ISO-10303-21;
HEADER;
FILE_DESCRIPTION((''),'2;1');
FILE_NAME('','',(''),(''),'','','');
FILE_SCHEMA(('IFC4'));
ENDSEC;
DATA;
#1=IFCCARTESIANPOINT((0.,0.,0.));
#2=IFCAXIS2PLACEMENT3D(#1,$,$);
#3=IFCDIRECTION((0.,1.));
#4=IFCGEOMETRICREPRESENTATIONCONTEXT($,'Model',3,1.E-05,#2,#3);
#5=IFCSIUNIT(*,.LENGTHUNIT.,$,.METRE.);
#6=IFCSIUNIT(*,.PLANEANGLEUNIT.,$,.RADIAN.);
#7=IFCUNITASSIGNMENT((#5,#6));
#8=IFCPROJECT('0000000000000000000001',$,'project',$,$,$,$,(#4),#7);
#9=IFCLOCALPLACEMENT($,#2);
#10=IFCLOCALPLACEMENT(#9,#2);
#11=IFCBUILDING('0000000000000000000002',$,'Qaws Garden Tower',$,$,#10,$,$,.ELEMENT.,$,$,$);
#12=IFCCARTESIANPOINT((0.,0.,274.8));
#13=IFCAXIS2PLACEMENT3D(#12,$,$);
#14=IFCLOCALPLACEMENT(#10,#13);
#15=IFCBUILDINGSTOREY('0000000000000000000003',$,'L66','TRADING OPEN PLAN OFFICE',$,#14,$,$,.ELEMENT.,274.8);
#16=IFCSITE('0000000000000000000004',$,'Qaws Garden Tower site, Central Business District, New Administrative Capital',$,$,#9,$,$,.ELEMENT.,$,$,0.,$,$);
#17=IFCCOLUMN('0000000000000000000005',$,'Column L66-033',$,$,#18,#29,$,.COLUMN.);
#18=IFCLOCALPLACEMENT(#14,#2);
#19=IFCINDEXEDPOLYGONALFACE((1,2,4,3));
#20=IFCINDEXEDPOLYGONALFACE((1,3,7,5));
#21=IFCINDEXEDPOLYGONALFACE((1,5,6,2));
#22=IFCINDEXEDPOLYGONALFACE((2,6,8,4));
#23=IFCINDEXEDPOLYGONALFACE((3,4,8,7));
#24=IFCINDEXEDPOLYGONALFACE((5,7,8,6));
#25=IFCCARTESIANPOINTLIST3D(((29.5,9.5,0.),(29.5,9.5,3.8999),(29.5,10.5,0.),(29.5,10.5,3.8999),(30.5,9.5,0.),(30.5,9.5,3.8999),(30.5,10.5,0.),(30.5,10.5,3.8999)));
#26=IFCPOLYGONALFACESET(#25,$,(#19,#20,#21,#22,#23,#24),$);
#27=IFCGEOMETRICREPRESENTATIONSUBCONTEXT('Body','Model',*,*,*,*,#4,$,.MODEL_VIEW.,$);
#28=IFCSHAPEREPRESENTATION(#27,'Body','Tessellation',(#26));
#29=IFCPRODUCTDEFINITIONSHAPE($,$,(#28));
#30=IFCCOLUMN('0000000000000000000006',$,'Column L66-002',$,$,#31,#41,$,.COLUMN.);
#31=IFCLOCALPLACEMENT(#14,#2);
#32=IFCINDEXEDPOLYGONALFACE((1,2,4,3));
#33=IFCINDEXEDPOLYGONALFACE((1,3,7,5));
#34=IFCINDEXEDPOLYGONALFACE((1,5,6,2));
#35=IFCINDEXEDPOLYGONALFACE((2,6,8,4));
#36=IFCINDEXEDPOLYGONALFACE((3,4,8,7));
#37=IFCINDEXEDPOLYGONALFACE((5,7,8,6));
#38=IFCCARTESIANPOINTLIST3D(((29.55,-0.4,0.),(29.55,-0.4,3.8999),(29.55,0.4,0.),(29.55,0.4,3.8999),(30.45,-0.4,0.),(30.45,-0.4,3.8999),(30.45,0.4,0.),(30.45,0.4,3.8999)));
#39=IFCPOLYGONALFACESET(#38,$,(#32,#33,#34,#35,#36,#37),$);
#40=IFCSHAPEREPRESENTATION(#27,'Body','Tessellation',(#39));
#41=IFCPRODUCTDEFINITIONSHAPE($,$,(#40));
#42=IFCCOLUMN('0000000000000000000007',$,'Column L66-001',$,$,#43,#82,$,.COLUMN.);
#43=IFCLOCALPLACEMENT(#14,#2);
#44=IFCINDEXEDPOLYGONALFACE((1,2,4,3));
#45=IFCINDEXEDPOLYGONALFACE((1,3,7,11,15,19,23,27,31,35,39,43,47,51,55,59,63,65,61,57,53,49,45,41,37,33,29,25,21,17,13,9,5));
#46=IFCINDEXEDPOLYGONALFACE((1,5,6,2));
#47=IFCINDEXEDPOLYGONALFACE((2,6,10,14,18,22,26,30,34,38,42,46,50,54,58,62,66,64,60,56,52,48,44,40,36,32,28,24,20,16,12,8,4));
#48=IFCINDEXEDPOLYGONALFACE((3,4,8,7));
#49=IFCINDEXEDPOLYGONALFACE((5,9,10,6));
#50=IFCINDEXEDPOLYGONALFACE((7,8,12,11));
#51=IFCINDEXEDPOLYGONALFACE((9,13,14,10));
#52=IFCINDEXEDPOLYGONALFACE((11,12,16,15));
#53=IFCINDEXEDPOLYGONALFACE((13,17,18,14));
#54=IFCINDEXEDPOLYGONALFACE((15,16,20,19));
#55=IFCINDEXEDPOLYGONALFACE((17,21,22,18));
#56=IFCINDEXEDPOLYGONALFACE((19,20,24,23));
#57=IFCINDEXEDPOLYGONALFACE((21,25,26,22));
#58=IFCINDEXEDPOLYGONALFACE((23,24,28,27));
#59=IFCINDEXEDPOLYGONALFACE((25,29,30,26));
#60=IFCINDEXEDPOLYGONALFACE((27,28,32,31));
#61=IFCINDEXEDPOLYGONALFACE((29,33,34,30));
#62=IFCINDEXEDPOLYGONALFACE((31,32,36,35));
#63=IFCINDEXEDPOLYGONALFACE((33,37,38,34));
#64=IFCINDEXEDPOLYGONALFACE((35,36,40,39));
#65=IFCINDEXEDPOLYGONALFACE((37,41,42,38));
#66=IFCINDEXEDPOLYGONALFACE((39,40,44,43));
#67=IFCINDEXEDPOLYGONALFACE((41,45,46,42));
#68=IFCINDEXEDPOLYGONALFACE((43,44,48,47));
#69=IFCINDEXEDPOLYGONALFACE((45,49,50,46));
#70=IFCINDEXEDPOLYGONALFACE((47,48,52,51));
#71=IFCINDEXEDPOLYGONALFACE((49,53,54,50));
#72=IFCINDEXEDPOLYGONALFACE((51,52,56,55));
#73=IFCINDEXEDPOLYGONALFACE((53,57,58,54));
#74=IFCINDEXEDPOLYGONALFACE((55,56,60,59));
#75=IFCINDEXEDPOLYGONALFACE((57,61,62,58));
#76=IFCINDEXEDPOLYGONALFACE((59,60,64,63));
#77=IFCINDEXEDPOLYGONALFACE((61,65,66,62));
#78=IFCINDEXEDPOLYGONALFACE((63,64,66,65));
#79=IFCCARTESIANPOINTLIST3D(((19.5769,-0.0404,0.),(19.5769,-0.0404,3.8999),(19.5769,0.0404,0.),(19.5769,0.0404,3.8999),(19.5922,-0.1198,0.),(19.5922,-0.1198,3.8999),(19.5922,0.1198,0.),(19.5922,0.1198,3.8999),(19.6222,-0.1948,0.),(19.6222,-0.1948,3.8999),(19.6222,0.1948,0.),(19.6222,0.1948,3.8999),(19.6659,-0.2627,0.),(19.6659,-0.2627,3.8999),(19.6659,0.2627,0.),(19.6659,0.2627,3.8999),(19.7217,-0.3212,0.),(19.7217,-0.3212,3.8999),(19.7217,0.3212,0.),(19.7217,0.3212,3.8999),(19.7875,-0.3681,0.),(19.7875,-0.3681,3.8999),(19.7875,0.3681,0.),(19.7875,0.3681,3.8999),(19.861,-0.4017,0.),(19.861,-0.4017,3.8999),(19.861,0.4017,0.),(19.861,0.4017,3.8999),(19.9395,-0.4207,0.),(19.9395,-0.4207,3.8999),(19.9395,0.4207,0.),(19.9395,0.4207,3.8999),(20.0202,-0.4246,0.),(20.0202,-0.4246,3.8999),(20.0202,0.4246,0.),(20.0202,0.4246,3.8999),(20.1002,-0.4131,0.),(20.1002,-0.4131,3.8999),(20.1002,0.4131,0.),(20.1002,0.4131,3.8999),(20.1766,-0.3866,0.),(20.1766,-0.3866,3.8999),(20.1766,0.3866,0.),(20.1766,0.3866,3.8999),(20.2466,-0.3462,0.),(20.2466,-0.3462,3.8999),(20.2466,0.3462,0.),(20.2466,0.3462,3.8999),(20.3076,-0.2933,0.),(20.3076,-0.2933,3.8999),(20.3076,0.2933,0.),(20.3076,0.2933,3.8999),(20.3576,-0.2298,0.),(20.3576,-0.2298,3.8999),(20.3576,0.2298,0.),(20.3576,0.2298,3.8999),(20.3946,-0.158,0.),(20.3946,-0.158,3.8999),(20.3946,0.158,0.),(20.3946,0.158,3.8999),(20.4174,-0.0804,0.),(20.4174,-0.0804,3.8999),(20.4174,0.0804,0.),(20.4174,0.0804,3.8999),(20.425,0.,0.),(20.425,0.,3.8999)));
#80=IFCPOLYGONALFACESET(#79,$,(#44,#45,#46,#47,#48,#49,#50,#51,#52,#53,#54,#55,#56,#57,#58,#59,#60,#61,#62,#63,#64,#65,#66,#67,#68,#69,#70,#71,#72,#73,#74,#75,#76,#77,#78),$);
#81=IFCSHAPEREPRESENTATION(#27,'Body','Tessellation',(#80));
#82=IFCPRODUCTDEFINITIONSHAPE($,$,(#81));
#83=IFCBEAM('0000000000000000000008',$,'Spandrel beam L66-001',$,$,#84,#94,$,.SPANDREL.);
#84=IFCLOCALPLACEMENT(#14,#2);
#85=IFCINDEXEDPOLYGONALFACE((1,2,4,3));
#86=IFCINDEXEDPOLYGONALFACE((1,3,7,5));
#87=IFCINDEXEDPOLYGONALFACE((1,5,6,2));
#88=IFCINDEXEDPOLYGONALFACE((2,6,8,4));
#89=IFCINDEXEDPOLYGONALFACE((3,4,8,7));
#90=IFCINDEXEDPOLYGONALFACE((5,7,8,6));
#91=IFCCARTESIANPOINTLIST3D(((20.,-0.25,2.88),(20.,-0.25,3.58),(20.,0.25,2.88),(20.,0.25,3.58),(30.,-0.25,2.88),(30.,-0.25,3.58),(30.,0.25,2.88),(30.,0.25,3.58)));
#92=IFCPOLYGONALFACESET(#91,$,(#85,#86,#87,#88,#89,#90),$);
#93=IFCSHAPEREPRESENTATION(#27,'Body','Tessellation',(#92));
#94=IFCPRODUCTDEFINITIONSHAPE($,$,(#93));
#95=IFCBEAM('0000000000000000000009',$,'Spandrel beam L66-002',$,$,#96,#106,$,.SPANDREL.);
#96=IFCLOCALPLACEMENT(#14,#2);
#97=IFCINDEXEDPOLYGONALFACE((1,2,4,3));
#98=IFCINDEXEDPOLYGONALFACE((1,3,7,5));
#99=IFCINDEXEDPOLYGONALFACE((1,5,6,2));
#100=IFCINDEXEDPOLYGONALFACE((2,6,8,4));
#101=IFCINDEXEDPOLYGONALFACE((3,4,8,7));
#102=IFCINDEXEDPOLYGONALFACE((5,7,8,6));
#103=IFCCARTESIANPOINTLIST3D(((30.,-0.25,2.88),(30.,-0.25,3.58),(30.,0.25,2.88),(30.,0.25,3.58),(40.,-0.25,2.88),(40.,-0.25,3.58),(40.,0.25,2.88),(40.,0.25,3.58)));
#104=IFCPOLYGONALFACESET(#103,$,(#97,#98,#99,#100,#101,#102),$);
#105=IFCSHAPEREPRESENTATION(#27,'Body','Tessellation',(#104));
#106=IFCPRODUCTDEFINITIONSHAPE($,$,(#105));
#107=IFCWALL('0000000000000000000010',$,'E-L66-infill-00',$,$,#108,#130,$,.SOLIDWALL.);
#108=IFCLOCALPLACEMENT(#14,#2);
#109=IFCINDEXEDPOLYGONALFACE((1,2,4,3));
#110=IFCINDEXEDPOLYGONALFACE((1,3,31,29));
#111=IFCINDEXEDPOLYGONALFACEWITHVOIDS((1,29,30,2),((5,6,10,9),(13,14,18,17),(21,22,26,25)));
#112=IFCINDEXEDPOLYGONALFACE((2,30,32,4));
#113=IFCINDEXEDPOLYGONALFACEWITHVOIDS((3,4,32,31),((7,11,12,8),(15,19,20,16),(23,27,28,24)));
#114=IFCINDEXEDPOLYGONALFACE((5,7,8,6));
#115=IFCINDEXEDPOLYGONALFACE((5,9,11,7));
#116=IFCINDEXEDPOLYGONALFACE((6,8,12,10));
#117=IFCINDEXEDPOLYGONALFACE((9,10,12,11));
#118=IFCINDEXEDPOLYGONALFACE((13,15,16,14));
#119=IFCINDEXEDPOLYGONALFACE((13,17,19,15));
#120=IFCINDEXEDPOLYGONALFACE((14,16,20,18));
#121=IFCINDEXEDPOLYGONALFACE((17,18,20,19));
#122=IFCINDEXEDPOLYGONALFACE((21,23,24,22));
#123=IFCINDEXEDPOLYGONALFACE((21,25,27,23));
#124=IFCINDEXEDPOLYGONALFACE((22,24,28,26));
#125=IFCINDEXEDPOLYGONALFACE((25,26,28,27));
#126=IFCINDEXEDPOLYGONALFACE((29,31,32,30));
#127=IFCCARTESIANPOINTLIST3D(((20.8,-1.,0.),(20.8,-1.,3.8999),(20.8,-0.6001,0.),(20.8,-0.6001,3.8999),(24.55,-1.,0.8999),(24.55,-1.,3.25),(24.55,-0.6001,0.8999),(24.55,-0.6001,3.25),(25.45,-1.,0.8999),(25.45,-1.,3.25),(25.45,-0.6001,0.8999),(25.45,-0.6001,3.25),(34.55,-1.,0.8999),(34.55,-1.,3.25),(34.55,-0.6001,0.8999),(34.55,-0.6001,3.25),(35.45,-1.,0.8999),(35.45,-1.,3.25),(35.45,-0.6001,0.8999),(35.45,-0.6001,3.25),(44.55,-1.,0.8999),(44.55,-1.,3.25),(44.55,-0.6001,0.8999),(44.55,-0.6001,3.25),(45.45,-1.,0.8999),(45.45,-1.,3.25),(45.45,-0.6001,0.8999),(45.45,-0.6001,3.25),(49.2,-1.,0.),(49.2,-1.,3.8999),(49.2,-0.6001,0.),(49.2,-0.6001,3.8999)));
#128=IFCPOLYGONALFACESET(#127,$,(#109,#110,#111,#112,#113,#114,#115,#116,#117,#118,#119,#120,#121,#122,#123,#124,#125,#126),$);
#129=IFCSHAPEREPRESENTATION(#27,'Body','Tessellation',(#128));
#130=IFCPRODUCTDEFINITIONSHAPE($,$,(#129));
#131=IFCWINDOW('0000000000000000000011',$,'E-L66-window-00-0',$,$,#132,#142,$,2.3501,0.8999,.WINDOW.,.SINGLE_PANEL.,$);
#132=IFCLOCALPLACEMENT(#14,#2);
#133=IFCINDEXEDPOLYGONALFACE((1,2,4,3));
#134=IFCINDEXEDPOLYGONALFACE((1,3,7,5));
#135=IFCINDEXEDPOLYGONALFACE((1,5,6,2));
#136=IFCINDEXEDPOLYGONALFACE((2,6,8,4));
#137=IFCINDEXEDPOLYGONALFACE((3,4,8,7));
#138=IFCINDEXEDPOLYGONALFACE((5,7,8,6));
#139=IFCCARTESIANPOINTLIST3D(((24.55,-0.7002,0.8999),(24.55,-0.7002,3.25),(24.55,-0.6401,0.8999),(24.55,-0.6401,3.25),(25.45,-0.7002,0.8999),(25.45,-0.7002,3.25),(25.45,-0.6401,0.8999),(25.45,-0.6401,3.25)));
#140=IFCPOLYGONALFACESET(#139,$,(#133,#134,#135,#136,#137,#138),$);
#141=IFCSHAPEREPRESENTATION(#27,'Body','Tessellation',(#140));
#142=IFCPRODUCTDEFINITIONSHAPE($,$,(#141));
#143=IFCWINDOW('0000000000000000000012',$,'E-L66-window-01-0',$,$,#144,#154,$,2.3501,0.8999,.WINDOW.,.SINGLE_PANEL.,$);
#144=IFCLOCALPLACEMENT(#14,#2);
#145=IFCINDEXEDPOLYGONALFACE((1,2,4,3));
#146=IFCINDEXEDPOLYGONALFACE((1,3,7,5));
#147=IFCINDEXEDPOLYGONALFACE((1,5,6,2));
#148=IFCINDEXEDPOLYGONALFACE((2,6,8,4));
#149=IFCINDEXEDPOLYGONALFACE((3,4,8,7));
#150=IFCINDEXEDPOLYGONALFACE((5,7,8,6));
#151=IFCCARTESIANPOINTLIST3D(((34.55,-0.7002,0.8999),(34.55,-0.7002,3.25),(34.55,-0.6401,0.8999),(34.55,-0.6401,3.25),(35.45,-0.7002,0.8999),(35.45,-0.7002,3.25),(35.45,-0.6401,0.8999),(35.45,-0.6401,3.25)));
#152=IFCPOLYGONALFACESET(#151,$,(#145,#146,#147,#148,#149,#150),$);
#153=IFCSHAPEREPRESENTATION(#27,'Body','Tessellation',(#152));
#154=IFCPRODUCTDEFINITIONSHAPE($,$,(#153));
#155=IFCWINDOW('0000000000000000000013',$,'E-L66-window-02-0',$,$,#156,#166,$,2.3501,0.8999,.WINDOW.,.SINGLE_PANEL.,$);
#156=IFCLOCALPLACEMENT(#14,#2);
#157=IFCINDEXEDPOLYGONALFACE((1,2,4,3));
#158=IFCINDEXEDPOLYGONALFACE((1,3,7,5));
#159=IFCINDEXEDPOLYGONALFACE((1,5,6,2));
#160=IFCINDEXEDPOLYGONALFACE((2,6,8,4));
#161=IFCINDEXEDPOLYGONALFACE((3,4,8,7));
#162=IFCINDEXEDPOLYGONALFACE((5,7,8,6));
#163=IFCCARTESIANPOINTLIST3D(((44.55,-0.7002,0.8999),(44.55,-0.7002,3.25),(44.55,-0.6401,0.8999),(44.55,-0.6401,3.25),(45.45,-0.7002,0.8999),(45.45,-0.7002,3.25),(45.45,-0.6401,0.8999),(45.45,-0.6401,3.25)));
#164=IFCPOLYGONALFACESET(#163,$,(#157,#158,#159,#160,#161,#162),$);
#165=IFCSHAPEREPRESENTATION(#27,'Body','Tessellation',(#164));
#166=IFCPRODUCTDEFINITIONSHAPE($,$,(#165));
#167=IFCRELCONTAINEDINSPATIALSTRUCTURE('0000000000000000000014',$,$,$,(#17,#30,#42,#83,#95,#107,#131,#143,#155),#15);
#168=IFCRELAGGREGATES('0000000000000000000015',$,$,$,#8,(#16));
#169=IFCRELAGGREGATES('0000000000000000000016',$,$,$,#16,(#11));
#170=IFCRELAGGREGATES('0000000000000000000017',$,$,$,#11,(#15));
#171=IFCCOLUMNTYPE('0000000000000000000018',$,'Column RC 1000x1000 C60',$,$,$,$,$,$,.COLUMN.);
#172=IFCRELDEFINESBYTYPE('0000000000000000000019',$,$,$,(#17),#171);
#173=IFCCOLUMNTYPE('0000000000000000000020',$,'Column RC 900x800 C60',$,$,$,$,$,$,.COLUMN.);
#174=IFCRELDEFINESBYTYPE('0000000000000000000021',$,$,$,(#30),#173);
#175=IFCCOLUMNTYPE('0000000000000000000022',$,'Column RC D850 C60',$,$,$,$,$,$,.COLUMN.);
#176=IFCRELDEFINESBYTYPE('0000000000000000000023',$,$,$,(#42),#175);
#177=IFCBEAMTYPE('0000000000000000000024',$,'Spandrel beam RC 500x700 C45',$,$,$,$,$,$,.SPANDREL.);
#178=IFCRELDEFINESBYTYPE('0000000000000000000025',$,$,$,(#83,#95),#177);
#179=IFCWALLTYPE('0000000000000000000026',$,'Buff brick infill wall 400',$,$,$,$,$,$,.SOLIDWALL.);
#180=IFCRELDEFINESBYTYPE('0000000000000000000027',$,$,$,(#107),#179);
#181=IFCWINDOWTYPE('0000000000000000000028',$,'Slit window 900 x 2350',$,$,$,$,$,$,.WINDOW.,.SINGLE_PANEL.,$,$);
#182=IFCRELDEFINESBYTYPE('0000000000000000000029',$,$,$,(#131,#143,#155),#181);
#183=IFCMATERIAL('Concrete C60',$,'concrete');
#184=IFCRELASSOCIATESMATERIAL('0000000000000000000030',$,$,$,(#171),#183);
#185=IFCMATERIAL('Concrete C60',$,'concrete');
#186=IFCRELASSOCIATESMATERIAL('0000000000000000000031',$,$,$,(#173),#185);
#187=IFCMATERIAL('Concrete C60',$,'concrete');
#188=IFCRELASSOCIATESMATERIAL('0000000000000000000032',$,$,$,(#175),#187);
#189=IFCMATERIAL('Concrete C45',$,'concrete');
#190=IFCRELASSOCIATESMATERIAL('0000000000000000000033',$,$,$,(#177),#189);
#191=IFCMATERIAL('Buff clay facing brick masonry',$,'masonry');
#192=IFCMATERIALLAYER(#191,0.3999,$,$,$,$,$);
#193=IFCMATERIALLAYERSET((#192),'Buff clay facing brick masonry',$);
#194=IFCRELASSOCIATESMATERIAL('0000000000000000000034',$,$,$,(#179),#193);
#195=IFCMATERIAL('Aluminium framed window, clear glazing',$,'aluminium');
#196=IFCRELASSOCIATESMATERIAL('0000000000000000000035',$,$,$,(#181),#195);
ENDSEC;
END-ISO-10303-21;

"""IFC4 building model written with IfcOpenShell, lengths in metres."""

from ifc_helpers import new_model, si_unit, direction, frame, frame_2d, origin, origin_2d, place, context, subcontext, project, spatial, rectangle, circle, extrude, material, layer, layer_set, material_profile, profile_set, type_object, element, fill, save


model = new_model("IFC4")

# Units and contexts
model_context = context("Model", 3, precision=1e-05, world=origin(), true_north=direction((0.0, 1.0)))
body_context = subcontext(model_context, "Body", "Model", "MODEL_VIEW")
ifc_project = project(units=[si_unit("LENGTHUNIT", "METRE"), si_unit("PLANEANGLEUNIT", "RADIAN")], contexts=[model_context])

# Site, building, storey
site_placement = place(None, origin())
site = spatial("IfcSite", under=ifc_project, at=site_placement, Name="Qaws Garden Tower site, Central Business District, New Administrative Capital", CompositionType="ELEMENT", RefElevation=0.0)
building_placement = place(site_placement, origin())
building = spatial("IfcBuilding", under=site, at=building_placement, Name="Qaws Garden Tower", CompositionType="ELEMENT")
storey_placement = place(building_placement, frame((0.0, 0.0, 274.8)))
storey = spatial("IfcBuildingStorey", under=building, at=storey_placement, Name="L66", Description="TRADING OPEN PLAN OFFICE", CompositionType="ELEMENT", Elevation=274.8)

# Columns
ifc_material_1 = material(Name="Concrete C60", Category="concrete")
ifc_material_profile_1 = material_profile(ifc_material_1, rectangle(XDim=1.0, YDim=1.0, at=origin_2d()), Name="RC 1000x1000")
ifc_profile_set_1 = profile_set([ifc_material_profile_1], Name="Concrete C60")
column_type_1 = type_object("IfcColumnType", Name="Column RC 1000x1000 C60", PredefinedType="COLUMN", material=ifc_profile_set_1)
column_1_placement = place(storey_placement, frame((30.0, 10.0, 0.0), z_axis=(0.0, 0.0, 1.0), x_axis=(1.0, 0.0, 0.0)))
element("IfcColumn", 1, at=column_1_placement, inside=storey, type_object=column_type_1, Name="Column L66-033", PredefinedType="COLUMN", context=body_context, shape_type="SweptSolid", body=[
    extrude(rectangle(XDim=1.0, YDim=1.0, at=origin_2d()), origin(), (0.0, 0.0, 1.0), 3.8999),
])
ifc_material_2 = material(Name="Concrete C60", Category="concrete")
ifc_material_profile_2 = material_profile(ifc_material_2, rectangle(XDim=0.8999, YDim=0.8, at=origin_2d()), Name="RC 900x800")
ifc_profile_set_2 = profile_set([ifc_material_profile_2], Name="Concrete C60")
column_type_2 = type_object("IfcColumnType", Name="Column RC 900x800 C60", PredefinedType="COLUMN", material=ifc_profile_set_2)
column_2_placement = place(storey_placement, frame((30.0, 0.0, 0.0), z_axis=(0.0, 0.0, 1.0), x_axis=(1.0, 0.0, 0.0)))
element("IfcColumn", 2, at=column_2_placement, inside=storey, type_object=column_type_2, Name="Column L66-002", PredefinedType="COLUMN", context=body_context, shape_type="SweptSolid", body=[
    extrude(rectangle(XDim=0.8999, YDim=0.8, at=origin_2d()), origin(), (0.0, 0.0, 1.0), 3.8999),
])
ifc_material_3 = material(Name="Concrete C60", Category="concrete")
ifc_material_profile_3 = material_profile(ifc_material_3, circle(Radius=0.425, at=origin_2d()), Name="RC D850")
ifc_profile_set_3 = profile_set([ifc_material_profile_3], Name="Concrete C60")
column_type_3 = type_object("IfcColumnType", Name="Column RC D850 C60", PredefinedType="COLUMN", material=ifc_profile_set_3)
column_3_placement = place(storey_placement, frame((20.0, 0.0, 0.0), z_axis=(0.0, 0.0, 1.0), x_axis=(1.0, 0.0, 0.0)))
element("IfcColumn", 3, at=column_3_placement, inside=storey, type_object=column_type_3, Name="Column L66-001", PredefinedType="COLUMN", context=body_context, shape_type="SweptSolid", body=[
    extrude(circle(Radius=0.425, at=origin_2d()), origin(), (0.0, 0.0, 1.0), 3.8999),
])

# Beams
ifc_material_4 = material(Name="Concrete C45", Category="concrete")
ifc_material_profile_4 = material_profile(ifc_material_4, rectangle(XDim=0.5, YDim=0.7, at=origin_2d()), Name="RC 500x700")
ifc_profile_set_4 = profile_set([ifc_material_profile_4], Name="Concrete C45")
beam_type = type_object("IfcBeamType", Name="Spandrel beam RC 500x700 C45", PredefinedType="SPANDREL", material=ifc_profile_set_4)
for number, where, z_axis, x_axis, name in (
    (4, (20.0, 0.0, 3.23), (1.0, 0.0, 0.0), (0.0, 1.0, 0.0), "Spandrel beam L66-001"),
    (5, (30.0, 0.0, 3.23), (1.0, 0.0, 0.0), (0.0, 1.0, 0.0), "Spandrel beam L66-002"),
):
    element("IfcBeam", number, at=place(storey_placement, frame(where, z_axis=z_axis, x_axis=x_axis)), inside=storey, type_object=beam_type, Name=name, PredefinedType="SPANDREL", context=body_context, shape_type="SweptSolid", body=[
        extrude(rectangle(XDim=0.5, YDim=0.7, at=origin_2d()), origin(), (0.0, 0.0, 1.0), 10.0),
    ])

# Wall, openings, windows
ifc_material_5 = material(Name="Buff clay facing brick masonry", Category="masonry")
ifc_layer_1 = layer(ifc_material_5, 0.3999)
ifc_layer_set_1 = layer_set([ifc_layer_1], Name="Buff clay facing brick masonry")
wall_type_1 = type_object("IfcWallType", Name="Buff brick infill wall 400", PredefinedType="SOLIDWALL", material=ifc_layer_set_1)
wall_1_placement = place(storey_placement, frame((20.8, -0.8, 0.0), z_axis=(0.0, 0.0, 1.0), x_axis=(1.0, 0.0, 0.0)))
wall_1 = element("IfcWall", 6, at=wall_1_placement, inside=storey, type_object=wall_type_1, Name="E-L66-infill-00", PredefinedType="SOLIDWALL", context=body_context, shape_type="SweptSolid", body=[
    extrude(rectangle(XDim=28.3999, YDim=0.3999, at=frame_2d((14.2, 0.0))), origin(), (0.0, 0.0, 1.0), 3.8999),
])
opening_1_placement = place(wall_1_placement, frame((3.75, 0.0, 0.8999)))
opening_1 = element("IfcOpeningElement", 7, at=opening_1_placement, cuts=wall_1, PredefinedType="OPENING", context=body_context, shape_type="SweptSolid", body=[
    extrude(rectangle(XDim=0.8999, YDim=2.3501, at=frame_2d((0.45, 1.175))), frame((0.0, 0.21, 0.0), z_axis=(0.0, -1.0, 0.0), x_axis=(1.0, 0.0, 0.0)), (0.0, 0.0, 1.0), 0.4199),
])
opening_2_placement = place(wall_1_placement, frame((13.75, 0.0, 0.8999)))
opening_2 = element("IfcOpeningElement", 8, at=opening_2_placement, cuts=wall_1, PredefinedType="OPENING", context=body_context, shape_type="SweptSolid", body=[
    extrude(rectangle(XDim=0.8999, YDim=2.3501, at=frame_2d((0.45, 1.175))), frame((0.0, 0.21, 0.0), z_axis=(0.0, -1.0, 0.0), x_axis=(1.0, 0.0, 0.0)), (0.0, 0.0, 1.0), 0.4199),
])
opening_3_placement = place(wall_1_placement, frame((23.75, 0.0, 0.8999)))
opening_3 = element("IfcOpeningElement", 9, at=opening_3_placement, cuts=wall_1, PredefinedType="OPENING", context=body_context, shape_type="SweptSolid", body=[
    extrude(rectangle(XDim=0.8999, YDim=2.3501, at=frame_2d((0.45, 1.175))), frame((0.0, 0.21, 0.0), z_axis=(0.0, -1.0, 0.0), x_axis=(1.0, 0.0, 0.0)), (0.0, 0.0, 1.0), 0.4199),
])
ifc_material_6 = material(Name="Aluminium framed window, clear glazing", Category="aluminium")
window_type = type_object("IfcWindowType", Name="Slit window 900 x 2350", PartitioningType="SINGLE_PANEL", PredefinedType="WINDOW", material=ifc_material_6)
window_1_placement = place(opening_1_placement, origin())
window_1 = element("IfcWindow", 10, at=window_1_placement, inside=storey, type_object=window_type, Name="E-L66-window-00-0", OverallHeight=2.3501, OverallWidth=0.8999, PartitioningType="SINGLE_PANEL", PredefinedType="WINDOW", context=body_context, shape_type="SweptSolid", body=[
    extrude(rectangle(XDim=0.8999, YDim=2.3501, at=frame_2d((0.45, 1.175))), frame((0.0, 0.1599, 0.0), z_axis=(0.0, -1.0, 0.0), x_axis=(1.0, 0.0, 0.0)), (0.0, 0.0, 1.0), 0.0601),
])
fill(opening_1, window_1)
window_2_placement = place(opening_2_placement, origin())
window_2 = element("IfcWindow", 11, at=window_2_placement, inside=storey, type_object=window_type, Name="E-L66-window-01-0", OverallHeight=2.3501, OverallWidth=0.8999, PartitioningType="SINGLE_PANEL", PredefinedType="WINDOW", context=body_context, shape_type="SweptSolid", body=[
    extrude(rectangle(XDim=0.8999, YDim=2.3501, at=frame_2d((0.45, 1.175))), frame((0.0, 0.1599, 0.0), z_axis=(0.0, -1.0, 0.0), x_axis=(1.0, 0.0, 0.0)), (0.0, 0.0, 1.0), 0.0601),
])
fill(opening_2, window_2)
window_3_placement = place(opening_3_placement, origin())
window_3 = element("IfcWindow", 12, at=window_3_placement, inside=storey, type_object=window_type, Name="E-L66-window-02-0", OverallHeight=2.3501, OverallWidth=0.8999, PartitioningType="SINGLE_PANEL", PredefinedType="WINDOW", context=body_context, shape_type="SweptSolid", body=[
    extrude(rectangle(XDim=0.8999, YDim=2.3501, at=frame_2d((0.45, 1.175))), frame((0.0, 0.1599, 0.0), z_axis=(0.0, -1.0, 0.0), x_axis=(1.0, 0.0, 0.0)), (0.0, 0.0, 1.0), 0.0601),
])
fill(opening_3, window_3)

save(model, "model.ifc")
